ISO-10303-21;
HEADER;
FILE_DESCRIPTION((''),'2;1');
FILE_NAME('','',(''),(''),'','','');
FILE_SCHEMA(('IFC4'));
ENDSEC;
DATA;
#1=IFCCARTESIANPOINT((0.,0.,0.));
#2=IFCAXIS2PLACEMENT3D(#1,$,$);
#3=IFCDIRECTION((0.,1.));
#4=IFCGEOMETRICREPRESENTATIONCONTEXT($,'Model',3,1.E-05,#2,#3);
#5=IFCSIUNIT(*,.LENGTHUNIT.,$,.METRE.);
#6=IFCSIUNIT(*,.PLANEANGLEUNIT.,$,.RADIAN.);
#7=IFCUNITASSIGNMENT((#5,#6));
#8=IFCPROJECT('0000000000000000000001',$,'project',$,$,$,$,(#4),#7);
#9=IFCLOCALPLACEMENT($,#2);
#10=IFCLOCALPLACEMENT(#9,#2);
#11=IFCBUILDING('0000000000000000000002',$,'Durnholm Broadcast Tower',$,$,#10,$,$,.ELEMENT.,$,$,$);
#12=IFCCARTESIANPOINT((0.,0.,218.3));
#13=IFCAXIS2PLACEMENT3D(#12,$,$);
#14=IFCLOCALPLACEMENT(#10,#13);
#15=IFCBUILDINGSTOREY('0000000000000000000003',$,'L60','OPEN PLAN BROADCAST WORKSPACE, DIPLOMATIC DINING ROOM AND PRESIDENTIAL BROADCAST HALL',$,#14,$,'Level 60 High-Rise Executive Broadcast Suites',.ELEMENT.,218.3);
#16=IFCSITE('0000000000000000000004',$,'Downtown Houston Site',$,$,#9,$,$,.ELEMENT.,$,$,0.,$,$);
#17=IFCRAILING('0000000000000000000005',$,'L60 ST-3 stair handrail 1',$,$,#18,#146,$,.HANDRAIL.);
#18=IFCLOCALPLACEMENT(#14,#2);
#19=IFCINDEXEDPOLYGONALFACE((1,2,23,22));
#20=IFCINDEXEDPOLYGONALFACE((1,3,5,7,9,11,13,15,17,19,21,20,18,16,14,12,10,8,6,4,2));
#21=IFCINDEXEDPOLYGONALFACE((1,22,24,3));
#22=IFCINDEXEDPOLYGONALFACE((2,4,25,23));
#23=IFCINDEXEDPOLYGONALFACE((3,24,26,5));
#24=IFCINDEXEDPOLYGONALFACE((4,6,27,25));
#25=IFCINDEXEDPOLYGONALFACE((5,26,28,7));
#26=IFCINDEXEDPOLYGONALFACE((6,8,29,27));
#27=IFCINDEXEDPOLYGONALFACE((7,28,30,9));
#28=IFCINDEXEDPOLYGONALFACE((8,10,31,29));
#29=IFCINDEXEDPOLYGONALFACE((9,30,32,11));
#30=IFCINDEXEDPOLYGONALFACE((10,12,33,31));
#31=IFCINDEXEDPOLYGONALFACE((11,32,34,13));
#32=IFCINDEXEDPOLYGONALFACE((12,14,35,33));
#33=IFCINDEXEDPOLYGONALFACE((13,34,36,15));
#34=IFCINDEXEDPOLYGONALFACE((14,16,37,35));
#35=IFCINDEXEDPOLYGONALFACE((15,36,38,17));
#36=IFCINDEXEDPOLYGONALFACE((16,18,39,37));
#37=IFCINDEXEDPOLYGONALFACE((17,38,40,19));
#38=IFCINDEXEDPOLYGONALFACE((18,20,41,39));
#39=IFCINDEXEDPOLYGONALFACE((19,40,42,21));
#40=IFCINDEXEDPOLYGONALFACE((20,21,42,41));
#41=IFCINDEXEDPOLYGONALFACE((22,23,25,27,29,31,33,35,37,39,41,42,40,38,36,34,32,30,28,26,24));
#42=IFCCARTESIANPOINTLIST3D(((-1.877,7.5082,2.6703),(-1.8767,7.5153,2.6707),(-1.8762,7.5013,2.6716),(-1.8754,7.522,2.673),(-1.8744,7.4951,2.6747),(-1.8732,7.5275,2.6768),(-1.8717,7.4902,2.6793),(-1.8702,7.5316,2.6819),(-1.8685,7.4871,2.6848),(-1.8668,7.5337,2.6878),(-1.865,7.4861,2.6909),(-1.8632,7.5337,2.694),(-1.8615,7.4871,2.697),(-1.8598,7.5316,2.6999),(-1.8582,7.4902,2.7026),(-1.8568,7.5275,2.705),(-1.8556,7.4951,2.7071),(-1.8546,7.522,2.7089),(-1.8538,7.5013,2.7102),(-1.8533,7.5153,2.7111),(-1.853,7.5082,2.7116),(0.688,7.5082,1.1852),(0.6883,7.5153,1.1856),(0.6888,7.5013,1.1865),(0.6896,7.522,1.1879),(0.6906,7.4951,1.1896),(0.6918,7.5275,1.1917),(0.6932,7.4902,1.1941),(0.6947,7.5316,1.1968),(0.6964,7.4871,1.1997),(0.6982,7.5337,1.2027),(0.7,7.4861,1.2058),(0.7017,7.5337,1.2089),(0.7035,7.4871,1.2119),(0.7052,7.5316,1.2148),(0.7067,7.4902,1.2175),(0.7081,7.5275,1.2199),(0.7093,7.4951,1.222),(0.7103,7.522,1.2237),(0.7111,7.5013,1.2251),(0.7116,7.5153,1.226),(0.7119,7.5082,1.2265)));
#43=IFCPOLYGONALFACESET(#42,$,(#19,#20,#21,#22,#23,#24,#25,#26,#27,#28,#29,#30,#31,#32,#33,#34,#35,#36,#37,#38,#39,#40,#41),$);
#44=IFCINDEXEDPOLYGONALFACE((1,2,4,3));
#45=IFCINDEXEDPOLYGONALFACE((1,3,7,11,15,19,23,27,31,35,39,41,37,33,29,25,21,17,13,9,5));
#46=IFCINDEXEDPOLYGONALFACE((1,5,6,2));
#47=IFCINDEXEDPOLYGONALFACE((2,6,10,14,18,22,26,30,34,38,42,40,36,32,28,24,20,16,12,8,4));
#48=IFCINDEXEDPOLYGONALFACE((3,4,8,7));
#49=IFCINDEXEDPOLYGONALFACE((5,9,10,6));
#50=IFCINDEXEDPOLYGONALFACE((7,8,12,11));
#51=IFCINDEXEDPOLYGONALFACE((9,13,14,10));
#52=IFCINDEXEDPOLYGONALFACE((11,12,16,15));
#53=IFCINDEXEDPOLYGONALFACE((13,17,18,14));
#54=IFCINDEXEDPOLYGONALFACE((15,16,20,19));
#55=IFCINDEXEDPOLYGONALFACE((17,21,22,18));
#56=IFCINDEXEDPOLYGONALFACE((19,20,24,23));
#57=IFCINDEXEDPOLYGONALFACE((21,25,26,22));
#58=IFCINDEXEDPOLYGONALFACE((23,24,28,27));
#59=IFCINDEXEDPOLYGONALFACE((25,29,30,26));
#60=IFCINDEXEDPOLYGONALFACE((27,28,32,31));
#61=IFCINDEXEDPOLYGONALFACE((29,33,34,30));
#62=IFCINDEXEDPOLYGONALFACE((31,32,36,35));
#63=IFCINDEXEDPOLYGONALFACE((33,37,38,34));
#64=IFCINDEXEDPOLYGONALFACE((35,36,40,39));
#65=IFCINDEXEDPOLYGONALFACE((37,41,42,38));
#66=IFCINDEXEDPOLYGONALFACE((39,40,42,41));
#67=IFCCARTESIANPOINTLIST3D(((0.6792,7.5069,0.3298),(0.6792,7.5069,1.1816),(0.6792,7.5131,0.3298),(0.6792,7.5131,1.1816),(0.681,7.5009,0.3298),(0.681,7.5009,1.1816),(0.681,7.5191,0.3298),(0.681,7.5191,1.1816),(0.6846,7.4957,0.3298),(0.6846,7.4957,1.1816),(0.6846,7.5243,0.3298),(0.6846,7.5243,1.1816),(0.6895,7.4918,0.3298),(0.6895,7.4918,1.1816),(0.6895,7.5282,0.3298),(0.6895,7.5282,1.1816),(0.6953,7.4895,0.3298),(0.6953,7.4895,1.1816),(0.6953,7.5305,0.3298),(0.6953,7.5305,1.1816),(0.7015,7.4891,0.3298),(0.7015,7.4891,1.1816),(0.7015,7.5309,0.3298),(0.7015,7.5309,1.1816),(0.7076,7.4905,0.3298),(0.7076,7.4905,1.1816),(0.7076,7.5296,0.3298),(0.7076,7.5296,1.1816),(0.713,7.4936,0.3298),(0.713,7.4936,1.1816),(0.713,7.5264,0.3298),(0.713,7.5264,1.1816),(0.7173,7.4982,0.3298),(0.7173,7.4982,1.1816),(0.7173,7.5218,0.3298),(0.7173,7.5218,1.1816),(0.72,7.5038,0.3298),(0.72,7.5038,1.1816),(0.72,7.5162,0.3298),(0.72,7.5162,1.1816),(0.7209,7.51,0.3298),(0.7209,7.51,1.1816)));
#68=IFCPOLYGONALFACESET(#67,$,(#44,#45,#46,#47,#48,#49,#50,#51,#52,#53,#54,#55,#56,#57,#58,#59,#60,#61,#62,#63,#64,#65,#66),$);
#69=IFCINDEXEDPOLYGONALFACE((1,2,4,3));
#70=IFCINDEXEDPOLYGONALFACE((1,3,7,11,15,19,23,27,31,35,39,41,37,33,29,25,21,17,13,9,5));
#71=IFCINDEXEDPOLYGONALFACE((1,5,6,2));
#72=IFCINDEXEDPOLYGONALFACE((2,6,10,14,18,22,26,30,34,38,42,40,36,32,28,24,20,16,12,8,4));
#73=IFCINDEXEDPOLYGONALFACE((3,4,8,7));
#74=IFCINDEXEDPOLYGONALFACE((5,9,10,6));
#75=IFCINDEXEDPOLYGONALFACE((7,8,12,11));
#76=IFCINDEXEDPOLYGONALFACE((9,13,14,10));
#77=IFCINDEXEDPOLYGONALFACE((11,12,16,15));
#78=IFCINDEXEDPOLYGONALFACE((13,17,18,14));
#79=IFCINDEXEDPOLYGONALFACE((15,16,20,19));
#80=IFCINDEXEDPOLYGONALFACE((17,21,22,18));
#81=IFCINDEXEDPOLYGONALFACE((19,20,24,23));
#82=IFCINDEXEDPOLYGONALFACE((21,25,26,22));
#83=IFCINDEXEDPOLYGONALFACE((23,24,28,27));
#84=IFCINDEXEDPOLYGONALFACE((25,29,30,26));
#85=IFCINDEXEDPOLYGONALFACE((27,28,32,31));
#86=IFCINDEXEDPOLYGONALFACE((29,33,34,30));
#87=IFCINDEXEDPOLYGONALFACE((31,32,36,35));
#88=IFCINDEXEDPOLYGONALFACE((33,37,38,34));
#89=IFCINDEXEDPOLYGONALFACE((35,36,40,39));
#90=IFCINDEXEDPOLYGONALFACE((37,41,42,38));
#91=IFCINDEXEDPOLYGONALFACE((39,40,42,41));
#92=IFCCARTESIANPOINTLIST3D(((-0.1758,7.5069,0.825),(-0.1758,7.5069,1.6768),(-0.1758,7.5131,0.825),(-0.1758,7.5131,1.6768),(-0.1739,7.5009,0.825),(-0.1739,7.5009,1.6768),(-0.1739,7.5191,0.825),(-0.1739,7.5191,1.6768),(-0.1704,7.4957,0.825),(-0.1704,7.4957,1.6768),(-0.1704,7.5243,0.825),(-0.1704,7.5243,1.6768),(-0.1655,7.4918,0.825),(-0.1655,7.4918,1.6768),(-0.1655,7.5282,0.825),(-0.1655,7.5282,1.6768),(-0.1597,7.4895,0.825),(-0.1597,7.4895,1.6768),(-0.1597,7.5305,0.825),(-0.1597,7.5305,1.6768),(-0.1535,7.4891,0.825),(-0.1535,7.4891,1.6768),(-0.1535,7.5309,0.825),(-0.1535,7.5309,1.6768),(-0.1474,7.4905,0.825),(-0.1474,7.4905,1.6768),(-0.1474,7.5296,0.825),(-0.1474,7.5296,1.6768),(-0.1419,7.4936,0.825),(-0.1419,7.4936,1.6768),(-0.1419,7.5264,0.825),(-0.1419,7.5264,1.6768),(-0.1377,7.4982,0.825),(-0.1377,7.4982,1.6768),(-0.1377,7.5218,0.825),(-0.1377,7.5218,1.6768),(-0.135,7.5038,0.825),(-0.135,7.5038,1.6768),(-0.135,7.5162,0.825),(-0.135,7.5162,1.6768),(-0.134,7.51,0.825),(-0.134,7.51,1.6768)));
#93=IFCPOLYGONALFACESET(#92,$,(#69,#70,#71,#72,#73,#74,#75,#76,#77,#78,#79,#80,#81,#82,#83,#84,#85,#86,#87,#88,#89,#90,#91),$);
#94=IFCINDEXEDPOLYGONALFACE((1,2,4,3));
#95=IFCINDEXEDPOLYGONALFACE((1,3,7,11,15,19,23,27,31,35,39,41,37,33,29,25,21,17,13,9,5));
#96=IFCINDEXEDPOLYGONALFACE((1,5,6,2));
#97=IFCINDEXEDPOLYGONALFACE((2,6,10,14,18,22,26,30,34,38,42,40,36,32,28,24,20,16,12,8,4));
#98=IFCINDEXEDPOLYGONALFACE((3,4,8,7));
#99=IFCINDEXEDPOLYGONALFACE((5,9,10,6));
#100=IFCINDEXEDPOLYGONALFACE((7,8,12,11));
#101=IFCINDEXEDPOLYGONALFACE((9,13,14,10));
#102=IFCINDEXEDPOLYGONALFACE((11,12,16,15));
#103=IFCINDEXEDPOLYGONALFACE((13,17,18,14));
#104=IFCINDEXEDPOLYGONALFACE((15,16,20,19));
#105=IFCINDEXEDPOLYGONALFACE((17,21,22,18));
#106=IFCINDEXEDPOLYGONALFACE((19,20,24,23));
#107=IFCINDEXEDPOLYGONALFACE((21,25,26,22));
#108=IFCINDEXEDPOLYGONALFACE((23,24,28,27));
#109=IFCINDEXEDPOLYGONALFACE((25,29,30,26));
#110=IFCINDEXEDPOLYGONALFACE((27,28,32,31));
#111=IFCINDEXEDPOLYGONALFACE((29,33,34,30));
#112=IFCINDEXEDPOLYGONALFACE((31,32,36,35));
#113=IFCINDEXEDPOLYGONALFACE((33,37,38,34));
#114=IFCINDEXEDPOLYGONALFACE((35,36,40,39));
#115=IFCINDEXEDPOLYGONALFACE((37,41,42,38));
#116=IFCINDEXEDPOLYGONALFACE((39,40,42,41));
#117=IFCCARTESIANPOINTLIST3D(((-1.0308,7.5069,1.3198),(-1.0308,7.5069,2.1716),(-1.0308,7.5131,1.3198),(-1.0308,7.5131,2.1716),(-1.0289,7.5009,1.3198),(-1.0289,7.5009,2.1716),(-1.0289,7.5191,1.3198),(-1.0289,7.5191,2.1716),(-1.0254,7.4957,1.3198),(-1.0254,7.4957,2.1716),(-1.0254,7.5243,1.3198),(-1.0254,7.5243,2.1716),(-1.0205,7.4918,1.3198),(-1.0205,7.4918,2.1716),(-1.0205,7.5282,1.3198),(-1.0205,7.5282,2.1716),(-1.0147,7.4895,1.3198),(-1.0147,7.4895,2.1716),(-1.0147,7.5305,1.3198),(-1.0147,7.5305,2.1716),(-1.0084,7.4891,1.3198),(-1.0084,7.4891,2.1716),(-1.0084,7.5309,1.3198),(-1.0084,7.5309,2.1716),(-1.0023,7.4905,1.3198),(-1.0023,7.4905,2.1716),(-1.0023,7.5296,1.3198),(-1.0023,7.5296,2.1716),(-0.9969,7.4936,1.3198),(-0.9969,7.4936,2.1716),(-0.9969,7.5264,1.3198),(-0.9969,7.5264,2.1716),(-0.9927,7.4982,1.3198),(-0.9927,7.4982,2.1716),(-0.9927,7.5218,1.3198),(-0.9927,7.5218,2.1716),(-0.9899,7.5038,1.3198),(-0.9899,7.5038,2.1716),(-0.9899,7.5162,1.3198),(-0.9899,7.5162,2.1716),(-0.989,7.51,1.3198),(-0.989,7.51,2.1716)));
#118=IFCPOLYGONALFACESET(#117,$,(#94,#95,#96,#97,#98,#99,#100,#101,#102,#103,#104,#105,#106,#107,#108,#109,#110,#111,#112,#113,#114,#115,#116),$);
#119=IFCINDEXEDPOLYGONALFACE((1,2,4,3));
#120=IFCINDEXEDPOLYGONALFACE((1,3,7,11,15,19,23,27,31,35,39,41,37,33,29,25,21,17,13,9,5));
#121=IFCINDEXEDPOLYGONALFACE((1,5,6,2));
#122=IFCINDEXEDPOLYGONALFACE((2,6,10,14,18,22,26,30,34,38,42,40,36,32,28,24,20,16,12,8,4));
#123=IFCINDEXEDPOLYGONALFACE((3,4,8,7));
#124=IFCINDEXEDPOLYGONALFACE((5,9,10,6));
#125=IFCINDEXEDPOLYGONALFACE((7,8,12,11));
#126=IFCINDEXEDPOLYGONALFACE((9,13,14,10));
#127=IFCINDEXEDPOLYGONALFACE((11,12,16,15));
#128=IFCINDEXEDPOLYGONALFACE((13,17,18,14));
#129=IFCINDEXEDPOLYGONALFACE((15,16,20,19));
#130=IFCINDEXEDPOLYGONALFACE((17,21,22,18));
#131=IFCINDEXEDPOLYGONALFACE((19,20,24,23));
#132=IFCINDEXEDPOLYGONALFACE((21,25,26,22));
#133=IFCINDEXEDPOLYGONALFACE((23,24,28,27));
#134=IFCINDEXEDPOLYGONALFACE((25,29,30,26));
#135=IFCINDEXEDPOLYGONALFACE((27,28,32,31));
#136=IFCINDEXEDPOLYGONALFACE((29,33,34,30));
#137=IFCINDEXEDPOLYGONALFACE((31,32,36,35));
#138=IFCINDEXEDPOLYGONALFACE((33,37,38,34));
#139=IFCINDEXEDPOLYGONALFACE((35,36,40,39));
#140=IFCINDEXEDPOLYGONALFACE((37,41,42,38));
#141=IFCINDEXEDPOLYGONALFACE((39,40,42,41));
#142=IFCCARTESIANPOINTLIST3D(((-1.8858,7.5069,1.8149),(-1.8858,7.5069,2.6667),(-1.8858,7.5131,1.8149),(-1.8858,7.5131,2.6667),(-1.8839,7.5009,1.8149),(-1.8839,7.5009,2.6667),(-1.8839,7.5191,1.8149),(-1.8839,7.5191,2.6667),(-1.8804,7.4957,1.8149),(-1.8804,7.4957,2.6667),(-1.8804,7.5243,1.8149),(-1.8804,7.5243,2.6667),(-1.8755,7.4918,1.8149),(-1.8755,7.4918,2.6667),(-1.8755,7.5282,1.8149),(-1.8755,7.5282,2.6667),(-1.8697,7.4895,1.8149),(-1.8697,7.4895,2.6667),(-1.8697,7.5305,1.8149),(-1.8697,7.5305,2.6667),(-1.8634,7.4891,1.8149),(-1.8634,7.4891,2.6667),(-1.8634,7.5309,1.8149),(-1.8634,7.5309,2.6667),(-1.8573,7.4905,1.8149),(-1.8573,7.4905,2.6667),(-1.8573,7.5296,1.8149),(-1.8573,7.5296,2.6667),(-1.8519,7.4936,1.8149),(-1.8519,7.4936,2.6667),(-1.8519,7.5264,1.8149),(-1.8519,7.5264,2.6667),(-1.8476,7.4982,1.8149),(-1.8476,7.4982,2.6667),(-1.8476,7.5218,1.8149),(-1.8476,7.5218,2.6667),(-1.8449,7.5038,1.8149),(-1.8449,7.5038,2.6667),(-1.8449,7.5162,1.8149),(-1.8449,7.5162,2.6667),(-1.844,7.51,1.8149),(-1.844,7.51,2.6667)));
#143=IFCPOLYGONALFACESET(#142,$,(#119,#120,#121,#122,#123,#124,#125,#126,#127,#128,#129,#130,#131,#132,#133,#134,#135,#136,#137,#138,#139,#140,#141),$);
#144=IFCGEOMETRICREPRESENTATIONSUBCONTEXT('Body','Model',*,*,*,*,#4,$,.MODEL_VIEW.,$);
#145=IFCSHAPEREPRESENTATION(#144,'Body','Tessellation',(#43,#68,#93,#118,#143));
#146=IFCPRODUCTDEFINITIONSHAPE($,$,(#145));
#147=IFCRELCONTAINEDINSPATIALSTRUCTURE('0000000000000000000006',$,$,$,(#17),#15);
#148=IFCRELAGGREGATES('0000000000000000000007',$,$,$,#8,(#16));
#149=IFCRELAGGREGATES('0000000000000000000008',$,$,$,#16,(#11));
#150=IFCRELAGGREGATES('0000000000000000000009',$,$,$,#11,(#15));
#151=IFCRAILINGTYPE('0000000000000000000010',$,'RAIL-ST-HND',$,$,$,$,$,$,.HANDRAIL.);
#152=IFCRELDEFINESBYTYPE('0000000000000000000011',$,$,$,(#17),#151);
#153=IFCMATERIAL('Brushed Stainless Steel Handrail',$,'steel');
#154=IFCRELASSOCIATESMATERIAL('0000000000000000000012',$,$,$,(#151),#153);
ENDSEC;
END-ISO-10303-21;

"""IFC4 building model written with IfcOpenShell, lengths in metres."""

from ifc_helpers import new_model, si_unit, direction, frame, origin, origin_2d, place, context, subcontext, project, spatial, circle, extrude, material, type_object, element, save


model = new_model("IFC4")

# Units and contexts
model_context = context("Model", 3, precision=1e-05, world=origin(), true_north=direction((0.0, 1.0)))
body_context = subcontext(model_context, "Body", "Model", "MODEL_VIEW")
ifc_project = project(units=[si_unit("LENGTHUNIT", "METRE"), si_unit("PLANEANGLEUNIT", "RADIAN")], contexts=[model_context])

# Site, building, storey
site_placement = place(None, origin())
site = spatial("IfcSite", under=ifc_project, at=site_placement, Name="Downtown Houston Site", CompositionType="ELEMENT", RefElevation=0.0)
building_placement = place(site_placement, origin())
building = spatial("IfcBuilding", under=site, at=building_placement, Name="Durnholm Broadcast Tower", CompositionType="ELEMENT")
storey_placement = place(building_placement, frame((0.0, 0.0, 218.3)))
storey = spatial("IfcBuildingStorey", under=building, at=storey_placement, Name="L60", Description="OPEN PLAN BROADCAST WORKSPACE, DIPLOMATIC DINING ROOM AND PRESIDENTIAL BROADCAST HALL", LongName="Level 60 High-Rise Executive Broadcast Suites", CompositionType="ELEMENT", Elevation=218.3)

# Railing
ifc_material_1 = material(Name="Brushed Stainless Steel Handrail", Category="steel")
railing_type_1 = type_object("IfcRailingType", Name="RAIL-ST-HND", PredefinedType="HANDRAIL", material=ifc_material_1)
railing_1_placement = place(storey_placement, frame((0.7, 7.51, 0.3298)))
element("IfcRailing", 1, at=railing_1_placement, inside=storey, type_object=railing_type_1, Name="L60 ST-3 stair handrail 1", PredefinedType="HANDRAIL", context=body_context, shape_type="SweptSolid", body=[
    extrude(circle(Radius=0.0239, at=origin_2d()), frame((0.0, 0.0, 0.876), z_axis=(-0.865406, 0.0, 0.501072), x_axis=(0.0, -1.0, 0.0)), (0.0, 0.0, 1.0), 2.9639),
    extrude(circle(Radius=0.021, at=origin_2d()), origin(), (0.0, 0.0, 1.0), 0.8518),
    extrude(circle(Radius=0.021, at=origin_2d()), frame((-0.855, 0.0, 0.4951)), (0.0, 0.0, 1.0), 0.8518),
    extrude(circle(Radius=0.021, at=origin_2d()), frame((-1.71, 0.0, 0.99)), (0.0, 0.0, 1.0), 0.8518),
    extrude(circle(Radius=0.021, at=origin_2d()), frame((-2.5649, 0.0, 1.4851)), (0.0, 0.0, 1.0), 0.8518),
])

save(model, "model.ifc")
